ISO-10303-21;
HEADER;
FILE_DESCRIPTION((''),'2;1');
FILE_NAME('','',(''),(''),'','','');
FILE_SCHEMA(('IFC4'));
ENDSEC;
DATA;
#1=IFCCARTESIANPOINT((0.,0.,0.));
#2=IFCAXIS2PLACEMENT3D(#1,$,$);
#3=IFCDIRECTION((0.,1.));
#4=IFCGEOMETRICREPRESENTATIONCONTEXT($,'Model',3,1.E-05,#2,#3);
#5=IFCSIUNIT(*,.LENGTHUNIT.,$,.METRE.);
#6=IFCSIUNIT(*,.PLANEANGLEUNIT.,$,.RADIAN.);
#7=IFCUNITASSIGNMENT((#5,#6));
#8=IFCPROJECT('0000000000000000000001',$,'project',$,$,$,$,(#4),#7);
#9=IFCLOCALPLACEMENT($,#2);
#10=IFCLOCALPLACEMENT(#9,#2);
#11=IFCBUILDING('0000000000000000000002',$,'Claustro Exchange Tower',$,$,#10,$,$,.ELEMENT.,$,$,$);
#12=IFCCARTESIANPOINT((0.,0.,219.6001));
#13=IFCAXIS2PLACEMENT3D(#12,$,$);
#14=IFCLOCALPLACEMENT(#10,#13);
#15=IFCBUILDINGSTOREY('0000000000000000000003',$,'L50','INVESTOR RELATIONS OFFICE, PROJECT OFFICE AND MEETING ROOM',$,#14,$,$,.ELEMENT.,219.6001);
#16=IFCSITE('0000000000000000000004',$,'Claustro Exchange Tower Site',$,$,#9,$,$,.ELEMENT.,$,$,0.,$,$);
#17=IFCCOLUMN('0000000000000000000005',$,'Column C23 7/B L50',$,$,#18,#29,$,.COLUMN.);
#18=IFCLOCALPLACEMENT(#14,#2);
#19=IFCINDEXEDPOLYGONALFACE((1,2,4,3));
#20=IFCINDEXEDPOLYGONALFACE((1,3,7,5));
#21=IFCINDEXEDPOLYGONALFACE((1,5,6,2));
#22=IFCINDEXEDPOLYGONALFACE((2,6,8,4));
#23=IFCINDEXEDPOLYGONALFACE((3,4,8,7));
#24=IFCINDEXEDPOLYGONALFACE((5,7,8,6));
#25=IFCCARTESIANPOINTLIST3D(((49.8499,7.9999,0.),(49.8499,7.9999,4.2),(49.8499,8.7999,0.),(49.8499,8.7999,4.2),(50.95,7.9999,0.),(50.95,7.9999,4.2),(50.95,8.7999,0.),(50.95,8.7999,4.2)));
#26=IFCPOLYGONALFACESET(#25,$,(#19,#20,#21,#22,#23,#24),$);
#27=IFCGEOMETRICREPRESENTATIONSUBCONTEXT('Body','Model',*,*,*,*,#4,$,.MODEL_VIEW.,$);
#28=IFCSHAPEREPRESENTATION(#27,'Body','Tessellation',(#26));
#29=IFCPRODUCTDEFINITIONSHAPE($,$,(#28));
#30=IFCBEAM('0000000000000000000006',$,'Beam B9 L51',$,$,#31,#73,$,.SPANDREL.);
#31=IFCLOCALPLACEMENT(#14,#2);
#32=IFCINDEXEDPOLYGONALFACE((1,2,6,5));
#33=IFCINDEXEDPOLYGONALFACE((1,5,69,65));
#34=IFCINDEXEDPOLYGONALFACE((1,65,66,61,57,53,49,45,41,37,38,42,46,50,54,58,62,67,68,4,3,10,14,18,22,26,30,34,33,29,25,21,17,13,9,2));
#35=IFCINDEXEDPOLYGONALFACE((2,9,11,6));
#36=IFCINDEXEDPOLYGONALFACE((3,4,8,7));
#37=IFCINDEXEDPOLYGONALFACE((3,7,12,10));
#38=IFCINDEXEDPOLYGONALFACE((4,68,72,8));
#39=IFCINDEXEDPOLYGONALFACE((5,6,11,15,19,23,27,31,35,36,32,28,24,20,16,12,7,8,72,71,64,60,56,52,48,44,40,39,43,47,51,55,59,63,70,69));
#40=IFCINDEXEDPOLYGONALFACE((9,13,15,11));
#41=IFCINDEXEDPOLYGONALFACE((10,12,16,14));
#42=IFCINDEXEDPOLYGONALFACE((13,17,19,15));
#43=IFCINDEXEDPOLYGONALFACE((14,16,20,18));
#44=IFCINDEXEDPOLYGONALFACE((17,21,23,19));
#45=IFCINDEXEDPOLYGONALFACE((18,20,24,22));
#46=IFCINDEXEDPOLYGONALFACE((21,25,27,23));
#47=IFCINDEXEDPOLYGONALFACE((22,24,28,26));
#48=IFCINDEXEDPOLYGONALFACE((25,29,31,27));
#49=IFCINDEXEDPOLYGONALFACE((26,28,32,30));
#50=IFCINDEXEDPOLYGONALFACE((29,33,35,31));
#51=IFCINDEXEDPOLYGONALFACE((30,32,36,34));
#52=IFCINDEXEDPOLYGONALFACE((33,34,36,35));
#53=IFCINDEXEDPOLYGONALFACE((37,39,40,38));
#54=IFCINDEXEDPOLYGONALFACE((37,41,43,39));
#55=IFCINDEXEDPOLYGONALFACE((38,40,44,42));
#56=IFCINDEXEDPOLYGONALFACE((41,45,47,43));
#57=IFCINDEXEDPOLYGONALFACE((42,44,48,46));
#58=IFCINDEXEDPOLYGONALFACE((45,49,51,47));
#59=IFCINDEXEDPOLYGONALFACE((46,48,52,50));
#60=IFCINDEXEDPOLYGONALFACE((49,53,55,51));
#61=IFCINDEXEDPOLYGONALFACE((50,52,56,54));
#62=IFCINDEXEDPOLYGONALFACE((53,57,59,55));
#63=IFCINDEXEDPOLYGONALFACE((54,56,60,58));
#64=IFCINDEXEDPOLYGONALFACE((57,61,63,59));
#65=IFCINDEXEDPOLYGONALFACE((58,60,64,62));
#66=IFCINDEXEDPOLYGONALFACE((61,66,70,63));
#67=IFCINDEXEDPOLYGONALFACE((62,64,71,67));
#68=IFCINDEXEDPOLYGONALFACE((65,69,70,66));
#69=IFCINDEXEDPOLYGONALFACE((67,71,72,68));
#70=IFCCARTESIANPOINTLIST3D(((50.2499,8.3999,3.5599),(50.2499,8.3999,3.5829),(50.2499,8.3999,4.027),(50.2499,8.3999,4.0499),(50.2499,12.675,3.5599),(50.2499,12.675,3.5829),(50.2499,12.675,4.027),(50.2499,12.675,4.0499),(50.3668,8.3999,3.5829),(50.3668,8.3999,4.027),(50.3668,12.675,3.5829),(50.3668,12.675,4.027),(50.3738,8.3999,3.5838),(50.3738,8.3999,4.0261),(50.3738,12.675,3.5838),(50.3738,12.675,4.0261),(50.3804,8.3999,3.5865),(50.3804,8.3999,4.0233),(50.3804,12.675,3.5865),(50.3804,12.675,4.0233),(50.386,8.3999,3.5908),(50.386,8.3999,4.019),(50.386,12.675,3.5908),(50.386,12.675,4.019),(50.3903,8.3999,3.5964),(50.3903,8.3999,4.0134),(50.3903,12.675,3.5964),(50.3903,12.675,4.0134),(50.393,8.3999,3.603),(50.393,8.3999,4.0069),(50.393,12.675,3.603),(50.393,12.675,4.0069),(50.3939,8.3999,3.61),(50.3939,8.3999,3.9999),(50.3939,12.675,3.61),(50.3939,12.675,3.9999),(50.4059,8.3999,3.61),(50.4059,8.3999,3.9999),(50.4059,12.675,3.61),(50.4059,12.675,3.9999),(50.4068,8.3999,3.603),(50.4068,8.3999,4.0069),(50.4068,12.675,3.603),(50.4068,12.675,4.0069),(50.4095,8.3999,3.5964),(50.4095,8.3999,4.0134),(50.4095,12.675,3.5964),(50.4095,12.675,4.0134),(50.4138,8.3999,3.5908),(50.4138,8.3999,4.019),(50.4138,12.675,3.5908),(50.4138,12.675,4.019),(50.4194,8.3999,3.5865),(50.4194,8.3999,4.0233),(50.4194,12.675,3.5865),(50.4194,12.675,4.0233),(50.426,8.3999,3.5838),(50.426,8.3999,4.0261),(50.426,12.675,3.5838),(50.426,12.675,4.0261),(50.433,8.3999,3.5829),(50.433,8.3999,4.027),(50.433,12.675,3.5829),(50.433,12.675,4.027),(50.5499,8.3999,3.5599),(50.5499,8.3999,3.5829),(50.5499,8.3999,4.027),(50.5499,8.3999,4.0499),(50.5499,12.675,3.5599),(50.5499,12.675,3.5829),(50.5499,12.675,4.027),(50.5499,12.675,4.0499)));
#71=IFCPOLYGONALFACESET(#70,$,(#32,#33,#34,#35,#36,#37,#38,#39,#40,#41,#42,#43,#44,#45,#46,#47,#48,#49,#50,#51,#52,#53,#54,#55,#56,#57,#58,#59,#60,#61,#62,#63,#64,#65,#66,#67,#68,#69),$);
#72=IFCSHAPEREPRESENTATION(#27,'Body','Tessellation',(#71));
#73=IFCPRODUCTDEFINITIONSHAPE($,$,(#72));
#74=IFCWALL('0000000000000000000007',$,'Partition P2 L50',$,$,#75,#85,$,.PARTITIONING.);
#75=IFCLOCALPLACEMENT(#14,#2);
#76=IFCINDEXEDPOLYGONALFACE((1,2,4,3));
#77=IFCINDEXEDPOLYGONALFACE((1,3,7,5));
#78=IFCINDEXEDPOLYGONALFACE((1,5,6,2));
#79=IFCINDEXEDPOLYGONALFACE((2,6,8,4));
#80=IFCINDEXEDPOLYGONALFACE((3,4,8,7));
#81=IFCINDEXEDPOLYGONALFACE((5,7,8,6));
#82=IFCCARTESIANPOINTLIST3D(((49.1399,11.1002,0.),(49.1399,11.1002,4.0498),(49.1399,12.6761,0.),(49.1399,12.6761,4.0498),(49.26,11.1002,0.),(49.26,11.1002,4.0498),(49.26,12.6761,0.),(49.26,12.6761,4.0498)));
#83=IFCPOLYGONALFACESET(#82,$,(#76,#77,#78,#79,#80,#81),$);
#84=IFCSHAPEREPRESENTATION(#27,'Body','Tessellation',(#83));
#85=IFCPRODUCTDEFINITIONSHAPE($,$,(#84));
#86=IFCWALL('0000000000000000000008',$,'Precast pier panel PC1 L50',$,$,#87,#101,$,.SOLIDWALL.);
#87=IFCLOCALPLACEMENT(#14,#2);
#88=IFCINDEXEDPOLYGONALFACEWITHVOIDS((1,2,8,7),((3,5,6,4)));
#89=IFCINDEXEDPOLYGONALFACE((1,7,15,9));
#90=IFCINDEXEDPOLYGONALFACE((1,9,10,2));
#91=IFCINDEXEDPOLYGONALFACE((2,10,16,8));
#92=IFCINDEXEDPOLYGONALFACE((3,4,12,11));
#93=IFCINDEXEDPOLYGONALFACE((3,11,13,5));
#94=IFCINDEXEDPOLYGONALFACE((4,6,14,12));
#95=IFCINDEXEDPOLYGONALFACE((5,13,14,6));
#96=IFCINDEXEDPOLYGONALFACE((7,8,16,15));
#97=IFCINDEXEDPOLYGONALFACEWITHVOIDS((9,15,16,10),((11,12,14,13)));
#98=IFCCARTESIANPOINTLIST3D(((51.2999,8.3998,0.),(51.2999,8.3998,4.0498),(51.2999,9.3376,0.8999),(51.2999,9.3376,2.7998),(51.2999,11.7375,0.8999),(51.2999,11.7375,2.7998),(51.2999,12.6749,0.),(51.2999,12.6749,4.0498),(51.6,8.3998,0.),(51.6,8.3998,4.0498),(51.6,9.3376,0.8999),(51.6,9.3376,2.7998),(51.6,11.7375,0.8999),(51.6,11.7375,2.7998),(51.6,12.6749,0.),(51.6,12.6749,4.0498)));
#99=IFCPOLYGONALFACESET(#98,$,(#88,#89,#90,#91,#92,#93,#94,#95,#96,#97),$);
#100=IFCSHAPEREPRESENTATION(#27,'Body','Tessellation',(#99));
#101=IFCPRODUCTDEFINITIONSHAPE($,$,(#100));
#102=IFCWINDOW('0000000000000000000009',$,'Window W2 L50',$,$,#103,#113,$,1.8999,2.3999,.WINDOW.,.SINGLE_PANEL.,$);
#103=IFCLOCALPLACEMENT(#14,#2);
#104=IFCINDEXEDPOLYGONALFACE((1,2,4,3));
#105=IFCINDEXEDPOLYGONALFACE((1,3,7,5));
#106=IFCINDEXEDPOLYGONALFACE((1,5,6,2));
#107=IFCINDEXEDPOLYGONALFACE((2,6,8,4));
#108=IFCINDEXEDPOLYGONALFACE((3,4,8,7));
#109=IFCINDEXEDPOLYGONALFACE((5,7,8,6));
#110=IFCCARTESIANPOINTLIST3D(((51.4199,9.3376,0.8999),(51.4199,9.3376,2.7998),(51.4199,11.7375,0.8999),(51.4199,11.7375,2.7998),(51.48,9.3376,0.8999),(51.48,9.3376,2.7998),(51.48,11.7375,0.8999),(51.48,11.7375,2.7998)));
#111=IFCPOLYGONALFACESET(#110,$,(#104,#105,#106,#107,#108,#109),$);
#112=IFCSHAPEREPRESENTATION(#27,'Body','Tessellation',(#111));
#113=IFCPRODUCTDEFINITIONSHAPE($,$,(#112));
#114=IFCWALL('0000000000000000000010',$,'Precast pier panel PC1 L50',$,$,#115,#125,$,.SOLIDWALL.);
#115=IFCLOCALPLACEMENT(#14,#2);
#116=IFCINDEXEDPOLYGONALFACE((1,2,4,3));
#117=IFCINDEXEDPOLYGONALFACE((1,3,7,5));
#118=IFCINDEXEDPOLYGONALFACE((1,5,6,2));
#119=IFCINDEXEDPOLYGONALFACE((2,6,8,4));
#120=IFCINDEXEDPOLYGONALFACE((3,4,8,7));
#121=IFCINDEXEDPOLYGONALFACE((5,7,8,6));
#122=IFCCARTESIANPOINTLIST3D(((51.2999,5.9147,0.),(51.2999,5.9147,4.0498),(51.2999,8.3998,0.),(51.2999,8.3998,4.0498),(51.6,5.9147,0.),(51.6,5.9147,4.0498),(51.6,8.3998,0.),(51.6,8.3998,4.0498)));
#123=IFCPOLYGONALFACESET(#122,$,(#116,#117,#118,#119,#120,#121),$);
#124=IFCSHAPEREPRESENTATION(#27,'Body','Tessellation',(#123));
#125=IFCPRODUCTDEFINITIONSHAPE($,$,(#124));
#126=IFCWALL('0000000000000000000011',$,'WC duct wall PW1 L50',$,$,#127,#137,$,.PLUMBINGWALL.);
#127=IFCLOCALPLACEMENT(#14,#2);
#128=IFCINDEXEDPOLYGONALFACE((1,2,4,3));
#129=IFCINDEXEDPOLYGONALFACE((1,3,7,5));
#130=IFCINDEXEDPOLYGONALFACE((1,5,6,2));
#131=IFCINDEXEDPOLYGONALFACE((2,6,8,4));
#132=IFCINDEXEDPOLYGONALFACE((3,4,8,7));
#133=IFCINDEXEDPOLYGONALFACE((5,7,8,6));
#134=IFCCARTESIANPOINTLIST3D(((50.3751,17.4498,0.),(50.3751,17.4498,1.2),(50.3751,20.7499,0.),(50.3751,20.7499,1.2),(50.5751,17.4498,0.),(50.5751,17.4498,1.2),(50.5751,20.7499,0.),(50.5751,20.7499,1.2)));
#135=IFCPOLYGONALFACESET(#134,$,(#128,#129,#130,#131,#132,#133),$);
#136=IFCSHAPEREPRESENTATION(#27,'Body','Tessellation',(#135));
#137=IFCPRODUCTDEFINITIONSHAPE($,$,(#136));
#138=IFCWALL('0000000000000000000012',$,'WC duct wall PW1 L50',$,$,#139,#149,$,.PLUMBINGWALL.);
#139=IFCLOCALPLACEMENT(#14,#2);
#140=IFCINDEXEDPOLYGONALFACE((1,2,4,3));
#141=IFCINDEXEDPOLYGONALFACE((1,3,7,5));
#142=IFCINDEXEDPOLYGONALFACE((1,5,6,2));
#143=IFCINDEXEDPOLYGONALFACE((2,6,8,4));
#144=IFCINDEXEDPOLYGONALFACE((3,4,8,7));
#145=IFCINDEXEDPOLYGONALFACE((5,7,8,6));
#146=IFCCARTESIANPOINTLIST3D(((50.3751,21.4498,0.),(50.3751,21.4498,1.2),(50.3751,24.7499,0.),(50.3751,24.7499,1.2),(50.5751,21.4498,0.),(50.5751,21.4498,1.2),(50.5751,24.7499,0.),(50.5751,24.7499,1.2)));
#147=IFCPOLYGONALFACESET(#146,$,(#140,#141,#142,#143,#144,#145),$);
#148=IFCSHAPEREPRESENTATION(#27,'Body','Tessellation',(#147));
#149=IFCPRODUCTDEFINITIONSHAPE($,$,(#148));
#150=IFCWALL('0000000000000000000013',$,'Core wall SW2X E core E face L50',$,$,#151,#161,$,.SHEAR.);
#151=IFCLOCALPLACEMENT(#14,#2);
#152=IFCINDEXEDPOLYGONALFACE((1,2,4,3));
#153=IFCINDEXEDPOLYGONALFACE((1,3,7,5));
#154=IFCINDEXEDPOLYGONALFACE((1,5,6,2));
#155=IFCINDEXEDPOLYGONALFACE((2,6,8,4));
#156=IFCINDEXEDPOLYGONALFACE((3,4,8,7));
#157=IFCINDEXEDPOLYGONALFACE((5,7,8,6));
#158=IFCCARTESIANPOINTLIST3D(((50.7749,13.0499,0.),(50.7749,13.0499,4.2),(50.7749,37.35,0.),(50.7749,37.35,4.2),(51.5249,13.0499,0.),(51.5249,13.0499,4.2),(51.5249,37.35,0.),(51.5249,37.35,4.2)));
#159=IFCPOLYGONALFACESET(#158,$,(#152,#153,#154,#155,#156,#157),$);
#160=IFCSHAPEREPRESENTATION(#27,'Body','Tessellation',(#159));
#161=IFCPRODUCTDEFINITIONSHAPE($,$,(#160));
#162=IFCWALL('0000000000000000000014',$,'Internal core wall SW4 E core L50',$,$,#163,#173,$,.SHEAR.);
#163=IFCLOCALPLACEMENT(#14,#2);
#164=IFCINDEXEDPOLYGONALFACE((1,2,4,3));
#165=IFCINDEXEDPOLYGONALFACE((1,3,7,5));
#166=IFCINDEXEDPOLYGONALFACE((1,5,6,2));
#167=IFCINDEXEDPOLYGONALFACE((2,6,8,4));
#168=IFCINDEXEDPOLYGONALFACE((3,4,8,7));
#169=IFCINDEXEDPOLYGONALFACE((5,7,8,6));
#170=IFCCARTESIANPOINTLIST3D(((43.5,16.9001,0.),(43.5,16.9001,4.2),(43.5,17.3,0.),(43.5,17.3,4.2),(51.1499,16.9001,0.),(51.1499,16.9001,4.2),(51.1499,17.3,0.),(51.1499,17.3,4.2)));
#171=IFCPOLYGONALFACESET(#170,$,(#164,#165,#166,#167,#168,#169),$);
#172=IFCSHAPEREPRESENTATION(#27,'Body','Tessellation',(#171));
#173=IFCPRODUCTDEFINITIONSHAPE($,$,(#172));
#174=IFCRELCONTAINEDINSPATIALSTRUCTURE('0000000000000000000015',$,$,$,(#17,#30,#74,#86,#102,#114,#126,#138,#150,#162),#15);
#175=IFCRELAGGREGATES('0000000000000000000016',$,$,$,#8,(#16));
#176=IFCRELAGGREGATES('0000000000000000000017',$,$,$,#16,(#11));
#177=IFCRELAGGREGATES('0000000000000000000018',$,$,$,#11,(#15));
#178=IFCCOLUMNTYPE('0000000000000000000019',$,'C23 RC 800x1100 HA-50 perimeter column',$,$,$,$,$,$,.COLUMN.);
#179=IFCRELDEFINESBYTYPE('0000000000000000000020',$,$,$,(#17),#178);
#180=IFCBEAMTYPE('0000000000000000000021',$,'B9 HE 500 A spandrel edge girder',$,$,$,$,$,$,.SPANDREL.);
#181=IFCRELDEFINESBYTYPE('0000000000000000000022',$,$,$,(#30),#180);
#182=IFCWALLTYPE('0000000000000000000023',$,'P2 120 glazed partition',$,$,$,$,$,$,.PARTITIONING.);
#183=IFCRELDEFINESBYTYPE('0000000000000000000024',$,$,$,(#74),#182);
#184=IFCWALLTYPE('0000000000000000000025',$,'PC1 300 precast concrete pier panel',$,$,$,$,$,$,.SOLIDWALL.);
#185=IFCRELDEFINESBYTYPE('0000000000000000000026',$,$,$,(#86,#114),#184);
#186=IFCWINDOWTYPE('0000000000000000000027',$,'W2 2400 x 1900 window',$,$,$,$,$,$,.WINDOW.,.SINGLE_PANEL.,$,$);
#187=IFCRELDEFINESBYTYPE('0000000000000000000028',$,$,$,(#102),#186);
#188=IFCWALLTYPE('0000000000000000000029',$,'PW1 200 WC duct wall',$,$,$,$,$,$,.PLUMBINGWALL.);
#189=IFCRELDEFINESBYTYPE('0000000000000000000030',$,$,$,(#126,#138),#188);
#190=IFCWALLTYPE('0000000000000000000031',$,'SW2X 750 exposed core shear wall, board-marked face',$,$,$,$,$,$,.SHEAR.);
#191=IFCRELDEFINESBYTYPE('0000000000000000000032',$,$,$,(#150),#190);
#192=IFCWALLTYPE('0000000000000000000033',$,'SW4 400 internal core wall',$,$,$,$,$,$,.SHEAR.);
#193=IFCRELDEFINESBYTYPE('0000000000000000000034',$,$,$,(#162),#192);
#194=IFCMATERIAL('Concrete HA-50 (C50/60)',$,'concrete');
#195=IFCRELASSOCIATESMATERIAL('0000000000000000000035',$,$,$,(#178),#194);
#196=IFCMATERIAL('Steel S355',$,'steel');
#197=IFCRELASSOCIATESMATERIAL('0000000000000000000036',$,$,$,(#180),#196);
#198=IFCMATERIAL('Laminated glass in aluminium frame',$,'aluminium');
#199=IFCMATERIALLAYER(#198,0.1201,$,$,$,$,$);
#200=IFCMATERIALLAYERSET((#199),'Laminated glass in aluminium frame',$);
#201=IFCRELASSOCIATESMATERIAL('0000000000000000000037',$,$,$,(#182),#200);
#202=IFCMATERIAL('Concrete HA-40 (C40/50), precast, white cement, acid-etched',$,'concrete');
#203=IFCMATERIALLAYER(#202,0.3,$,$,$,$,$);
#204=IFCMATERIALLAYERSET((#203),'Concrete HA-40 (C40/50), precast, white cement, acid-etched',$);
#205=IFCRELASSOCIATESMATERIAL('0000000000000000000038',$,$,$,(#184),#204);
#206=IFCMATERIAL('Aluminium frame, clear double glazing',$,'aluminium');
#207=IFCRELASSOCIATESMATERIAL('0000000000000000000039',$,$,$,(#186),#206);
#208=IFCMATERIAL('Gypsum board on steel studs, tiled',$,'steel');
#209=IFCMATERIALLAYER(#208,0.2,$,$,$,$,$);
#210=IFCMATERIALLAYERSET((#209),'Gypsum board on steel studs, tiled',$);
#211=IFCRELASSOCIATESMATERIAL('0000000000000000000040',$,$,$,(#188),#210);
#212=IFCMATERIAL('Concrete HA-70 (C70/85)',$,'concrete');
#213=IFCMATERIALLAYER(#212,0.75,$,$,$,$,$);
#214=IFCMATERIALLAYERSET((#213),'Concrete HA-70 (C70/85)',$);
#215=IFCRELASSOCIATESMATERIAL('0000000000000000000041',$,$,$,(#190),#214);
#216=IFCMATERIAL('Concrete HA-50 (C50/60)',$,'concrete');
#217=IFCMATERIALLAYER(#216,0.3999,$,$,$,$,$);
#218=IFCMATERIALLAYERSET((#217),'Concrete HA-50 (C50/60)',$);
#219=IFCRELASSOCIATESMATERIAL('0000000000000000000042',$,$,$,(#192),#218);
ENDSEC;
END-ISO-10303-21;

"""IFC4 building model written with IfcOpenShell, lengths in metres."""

from ifc_helpers import new_model, si_unit, direction, frame, frame_2d, origin, origin_2d, place, context, subcontext, project, spatial, rectangle, i_section, extrude, material, layer, layer_set, material_profile, profile_set, type_object, element, fill, save


model = new_model("IFC4")

# Units and contexts
model_context = context("Model", 3, precision=1e-05, world=origin(), true_north=direction((0.0, 1.0)))
body_context = subcontext(model_context, "Body", "Model", "MODEL_VIEW")
ifc_project = project(units=[si_unit("LENGTHUNIT", "METRE"), si_unit("PLANEANGLEUNIT", "RADIAN")], contexts=[model_context])

# Site, building, storey
site_placement = place(None, origin())
site = spatial("IfcSite", under=ifc_project, at=site_placement, Name="Claustro Exchange Tower Site", CompositionType="ELEMENT", RefElevation=0.0)
building_placement = place(site_placement, origin())
building = spatial("IfcBuilding", under=site, at=building_placement, Name="Claustro Exchange Tower", CompositionType="ELEMENT")
storey_placement = place(building_placement, frame((0.0, 0.0, 219.6001)))
storey = spatial("IfcBuildingStorey", under=building, at=storey_placement, Name="L50", Description="INVESTOR RELATIONS OFFICE, PROJECT OFFICE AND MEETING ROOM", CompositionType="ELEMENT", Elevation=219.6001)

# Column
ifc_material_1 = material(Name="Concrete HA-50 (C50/60)", Category="concrete")
ifc_material_profile_1 = material_profile(ifc_material_1, rectangle(XDim=0.8, YDim=1.1001, at=origin_2d()), Name="RC 800x1100")
ifc_profile_set_1 = profile_set([ifc_material_profile_1], Name="Concrete HA-50 (C50/60)")
column_type = type_object("IfcColumnType", Name="C23 RC 800x1100 HA-50 perimeter column", PredefinedType="COLUMN", material=ifc_profile_set_1)
column_placement = place(storey_placement, frame((50.3999, 8.3999, 0.0), z_axis=(0.0, 0.0, 1.0), x_axis=(0.0, 1.0, 0.0)))
element("IfcColumn", 1, at=column_placement, inside=storey, type_object=column_type, Name="Column C23 7/B L50", PredefinedType="COLUMN", context=body_context, shape_type="SweptSolid", body=[
    extrude(rectangle(XDim=0.8, YDim=1.1001, at=origin_2d()), origin(), (0.0, 0.0, 1.0), 4.2),
])

# Beam
ifc_material_2 = material(Name="Steel S355", Category="steel")
ifc_material_profile_2 = material_profile(ifc_material_2, i_section(OverallWidth=0.3, OverallDepth=0.49, WebThickness=0.012, FlangeThickness=0.0229, FilletRadius=0.0271, at=origin_2d()), Name="HE 500 A")
ifc_profile_set_2 = profile_set([ifc_material_profile_2], Name="Steel S355")
beam_type = type_object("IfcBeamType", Name="B9 HE 500 A spandrel edge girder", PredefinedType="SPANDREL", material=ifc_profile_set_2)
beam_placement = place(storey_placement, frame((50.3999, 8.3999, 3.8049), z_axis=(0.0, 1.0, 0.0), x_axis=(-1.0, 0.0, 0.0)))
element("IfcBeam", 2, at=beam_placement, inside=storey, type_object=beam_type, Name="Beam B9 L51", PredefinedType="SPANDREL", context=body_context, shape_type="SweptSolid", body=[
    extrude(i_section(OverallWidth=0.3, OverallDepth=0.49, WebThickness=0.012, FlangeThickness=0.0229, FilletRadius=0.0271, at=origin_2d()), origin(), (0.0, 0.0, 1.0), 4.2751),
])

# Wall
ifc_material_3 = material(Name="Laminated glass in aluminium frame", Category="aluminium")
ifc_layer_1 = layer(ifc_material_3, 0.1201)
ifc_layer_set_1 = layer_set([ifc_layer_1], Name="Laminated glass in aluminium frame")
wall_type_1 = type_object("IfcWallType", Name="P2 120 glazed partition", PredefinedType="PARTITIONING", material=ifc_layer_set_1)
wall_1_placement = place(storey_placement, frame((49.2, 11.1001, 0.0), z_axis=(0.0, 0.0, 1.0), x_axis=(0.0, 1.0, 0.0)))
element("IfcWall", 3, at=wall_1_placement, inside=storey, type_object=wall_type_1, Name="Partition P2 L50", PredefinedType="PARTITIONING", context=body_context, shape_type="SweptSolid", body=[
    extrude(rectangle(XDim=1.5759, YDim=0.1201, at=frame_2d((0.7881, 0.0))), origin(), (0.0, 0.0, 1.0), 4.0498),
])

# Wall, opening, window
ifc_material_4 = material(Name="Concrete HA-40 (C40/50), precast, white cement, acid-etched", Category="concrete")
ifc_layer_2 = layer(ifc_material_4, 0.3)
ifc_layer_set_2 = layer_set([ifc_layer_2], Name="Concrete HA-40 (C40/50), precast, white cement, acid-etched")
wall_type_2 = type_object("IfcWallType", Name="PC1 300 precast concrete pier panel", PredefinedType="SOLIDWALL", material=ifc_layer_set_2)
wall_2_placement = place(storey_placement, frame((51.45, 12.675, 0.0), z_axis=(0.0, 0.0, 1.0), x_axis=(0.0, -1.0, 0.0)))
wall_2 = element("IfcWall", 4, at=wall_2_placement, inside=storey, type_object=wall_type_2, Name="Precast pier panel PC1 L50", PredefinedType="SOLIDWALL", context=body_context, shape_type="SweptSolid", body=[
    extrude(rectangle(XDim=4.2751, YDim=0.3, at=frame_2d((2.1377, 0.0))), origin(), (0.0, 0.0, 1.0), 4.0498),
])
opening_placement = place(wall_2_placement, frame((0.9375, 0.0, 0.8999)))
opening = element("IfcOpeningElement", 5, at=opening_placement, cuts=wall_2, PredefinedType="OPENING", context=body_context, shape_type="SweptSolid", body=[
    extrude(rectangle(XDim=2.3999, YDim=1.8999, at=frame_2d((1.2, 0.95))), frame((0.0, 0.1599, 0.0), z_axis=(0.0, -1.0, 0.0), x_axis=(1.0, 0.0, 0.0)), (0.0, 0.0, 1.0), 0.3201),
])
ifc_material_5 = material(Name="Aluminium frame, clear double glazing", Category="aluminium")
window_type = type_object("IfcWindowType", Name="W2 2400 x 1900 window", PartitioningType="SINGLE_PANEL", PredefinedType="WINDOW", material=ifc_material_5)
window_placement = place(opening_placement, origin())
window = element("IfcWindow", 6, at=window_placement, inside=storey, type_object=window_type, Name="Window W2 L50", OverallHeight=1.8999, OverallWidth=2.3999, PartitioningType="SINGLE_PANEL", PredefinedType="WINDOW", context=body_context, shape_type="SweptSolid", body=[
    extrude(rectangle(XDim=2.3999, YDim=1.8999, at=frame_2d((1.2, 0.95))), frame((0.0, 0.03, 0.0), z_axis=(0.0, -1.0, 0.0), x_axis=(1.0, 0.0, 0.0)), (0.0, 0.0, 1.0), 0.0601),
])
fill(opening, window)

# Walls
wall_3_placement = place(storey_placement, frame((51.45, 8.3999, 0.0), z_axis=(0.0, 0.0, 1.0), x_axis=(0.0, -1.0, 0.0)))
element("IfcWall", 7, at=wall_3_placement, inside=storey, type_object=wall_type_2, Name="Precast pier panel PC1 L50", PredefinedType="SOLIDWALL", context=body_context, shape_type="SweptSolid", body=[
    extrude(rectangle(XDim=2.4851, YDim=0.3, at=frame_2d((1.2427, 0.0))), origin(), (0.0, 0.0, 1.0), 4.0498),
])
ifc_material_6 = material(Name="Gypsum board on steel studs, tiled", Category="steel")
ifc_layer_3 = layer(ifc_material_6, 0.2)
ifc_layer_set_3 = layer_set([ifc_layer_3], Name="Gypsum board on steel studs, tiled")
wall_type_3 = type_object("IfcWallType", Name="PW1 200 WC duct wall", PredefinedType="PLUMBINGWALL", material=ifc_layer_set_3)
for number, where, z_axis, x_axis, name in (
    (8, (50.4751, 17.45, 0.0), (0.0, 0.0, 1.0), (0.0, 1.0, 0.0), "WC duct wall PW1 L50"),
    (9, (50.4751, 21.45, 0.0), (0.0, 0.0, 1.0), (0.0, 1.0, 0.0), "WC duct wall PW1 L50"),
):
    element("IfcWall", number, at=place(storey_placement, frame(where, z_axis=z_axis, x_axis=x_axis)), inside=storey, type_object=wall_type_3, Name=name, PredefinedType="PLUMBINGWALL", context=body_context, shape_type="SweptSolid", body=[
        extrude(rectangle(XDim=3.3, YDim=0.2, at=frame_2d((1.6499, 0.0))), origin(), (0.0, 0.0, 1.0), 1.2),
    ])
ifc_material_7 = material(Name="Concrete HA-70 (C70/85)", Category="concrete")
ifc_layer_4 = layer(ifc_material_7, 0.75)
ifc_layer_set_4 = layer_set([ifc_layer_4], Name="Concrete HA-70 (C70/85)")
wall_type_4 = type_object("IfcWallType", Name="SW2X 750 exposed core shear wall, board-marked face", PredefinedType="SHEAR", material=ifc_layer_set_4)
wall_4_placement = place(storey_placement, frame((51.1499, 13.05, 0.0), z_axis=(0.0, 0.0, 1.0), x_axis=(0.0, 1.0, 0.0)))
element("IfcWall", 10, at=wall_4_placement, inside=storey, type_object=wall_type_4, Name="Core wall SW2X E core E face L50", PredefinedType="SHEAR", context=body_context, shape_type="SweptSolid", body=[
    extrude(rectangle(XDim=24.3, YDim=0.75, at=frame_2d((12.1499, 0.0))), origin(), (0.0, 0.0, 1.0), 4.2),
])
ifc_material_8 = material(Name="Concrete HA-50 (C50/60)", Category="concrete")
ifc_layer_5 = layer(ifc_material_8, 0.3999)
ifc_layer_set_5 = layer_set([ifc_layer_5], Name="Concrete HA-50 (C50/60)")
wall_type_5 = type_object("IfcWallType", Name="SW4 400 internal core wall", PredefinedType="SHEAR", material=ifc_layer_set_5)
for number, where, z_axis, x_axis, name in (
    (11, (51.1499, 17.1001, 0.0), (0.0, 0.0, 1.0), (-1.0, 0.0, 0.0), "Internal core wall SW4 E core L50"),
):
    element("IfcWall", number, at=place(storey_placement, frame(where, z_axis=z_axis, x_axis=x_axis)), inside=storey, type_object=wall_type_5, Name=name, PredefinedType="SHEAR", context=body_context, shape_type="SweptSolid", body=[
        extrude(rectangle(XDim=7.6499, YDim=0.3999, at=frame_2d((3.825, 0.0))), origin(), (0.0, 0.0, 1.0), 4.2),
    ])

save(model, "model.ifc")
